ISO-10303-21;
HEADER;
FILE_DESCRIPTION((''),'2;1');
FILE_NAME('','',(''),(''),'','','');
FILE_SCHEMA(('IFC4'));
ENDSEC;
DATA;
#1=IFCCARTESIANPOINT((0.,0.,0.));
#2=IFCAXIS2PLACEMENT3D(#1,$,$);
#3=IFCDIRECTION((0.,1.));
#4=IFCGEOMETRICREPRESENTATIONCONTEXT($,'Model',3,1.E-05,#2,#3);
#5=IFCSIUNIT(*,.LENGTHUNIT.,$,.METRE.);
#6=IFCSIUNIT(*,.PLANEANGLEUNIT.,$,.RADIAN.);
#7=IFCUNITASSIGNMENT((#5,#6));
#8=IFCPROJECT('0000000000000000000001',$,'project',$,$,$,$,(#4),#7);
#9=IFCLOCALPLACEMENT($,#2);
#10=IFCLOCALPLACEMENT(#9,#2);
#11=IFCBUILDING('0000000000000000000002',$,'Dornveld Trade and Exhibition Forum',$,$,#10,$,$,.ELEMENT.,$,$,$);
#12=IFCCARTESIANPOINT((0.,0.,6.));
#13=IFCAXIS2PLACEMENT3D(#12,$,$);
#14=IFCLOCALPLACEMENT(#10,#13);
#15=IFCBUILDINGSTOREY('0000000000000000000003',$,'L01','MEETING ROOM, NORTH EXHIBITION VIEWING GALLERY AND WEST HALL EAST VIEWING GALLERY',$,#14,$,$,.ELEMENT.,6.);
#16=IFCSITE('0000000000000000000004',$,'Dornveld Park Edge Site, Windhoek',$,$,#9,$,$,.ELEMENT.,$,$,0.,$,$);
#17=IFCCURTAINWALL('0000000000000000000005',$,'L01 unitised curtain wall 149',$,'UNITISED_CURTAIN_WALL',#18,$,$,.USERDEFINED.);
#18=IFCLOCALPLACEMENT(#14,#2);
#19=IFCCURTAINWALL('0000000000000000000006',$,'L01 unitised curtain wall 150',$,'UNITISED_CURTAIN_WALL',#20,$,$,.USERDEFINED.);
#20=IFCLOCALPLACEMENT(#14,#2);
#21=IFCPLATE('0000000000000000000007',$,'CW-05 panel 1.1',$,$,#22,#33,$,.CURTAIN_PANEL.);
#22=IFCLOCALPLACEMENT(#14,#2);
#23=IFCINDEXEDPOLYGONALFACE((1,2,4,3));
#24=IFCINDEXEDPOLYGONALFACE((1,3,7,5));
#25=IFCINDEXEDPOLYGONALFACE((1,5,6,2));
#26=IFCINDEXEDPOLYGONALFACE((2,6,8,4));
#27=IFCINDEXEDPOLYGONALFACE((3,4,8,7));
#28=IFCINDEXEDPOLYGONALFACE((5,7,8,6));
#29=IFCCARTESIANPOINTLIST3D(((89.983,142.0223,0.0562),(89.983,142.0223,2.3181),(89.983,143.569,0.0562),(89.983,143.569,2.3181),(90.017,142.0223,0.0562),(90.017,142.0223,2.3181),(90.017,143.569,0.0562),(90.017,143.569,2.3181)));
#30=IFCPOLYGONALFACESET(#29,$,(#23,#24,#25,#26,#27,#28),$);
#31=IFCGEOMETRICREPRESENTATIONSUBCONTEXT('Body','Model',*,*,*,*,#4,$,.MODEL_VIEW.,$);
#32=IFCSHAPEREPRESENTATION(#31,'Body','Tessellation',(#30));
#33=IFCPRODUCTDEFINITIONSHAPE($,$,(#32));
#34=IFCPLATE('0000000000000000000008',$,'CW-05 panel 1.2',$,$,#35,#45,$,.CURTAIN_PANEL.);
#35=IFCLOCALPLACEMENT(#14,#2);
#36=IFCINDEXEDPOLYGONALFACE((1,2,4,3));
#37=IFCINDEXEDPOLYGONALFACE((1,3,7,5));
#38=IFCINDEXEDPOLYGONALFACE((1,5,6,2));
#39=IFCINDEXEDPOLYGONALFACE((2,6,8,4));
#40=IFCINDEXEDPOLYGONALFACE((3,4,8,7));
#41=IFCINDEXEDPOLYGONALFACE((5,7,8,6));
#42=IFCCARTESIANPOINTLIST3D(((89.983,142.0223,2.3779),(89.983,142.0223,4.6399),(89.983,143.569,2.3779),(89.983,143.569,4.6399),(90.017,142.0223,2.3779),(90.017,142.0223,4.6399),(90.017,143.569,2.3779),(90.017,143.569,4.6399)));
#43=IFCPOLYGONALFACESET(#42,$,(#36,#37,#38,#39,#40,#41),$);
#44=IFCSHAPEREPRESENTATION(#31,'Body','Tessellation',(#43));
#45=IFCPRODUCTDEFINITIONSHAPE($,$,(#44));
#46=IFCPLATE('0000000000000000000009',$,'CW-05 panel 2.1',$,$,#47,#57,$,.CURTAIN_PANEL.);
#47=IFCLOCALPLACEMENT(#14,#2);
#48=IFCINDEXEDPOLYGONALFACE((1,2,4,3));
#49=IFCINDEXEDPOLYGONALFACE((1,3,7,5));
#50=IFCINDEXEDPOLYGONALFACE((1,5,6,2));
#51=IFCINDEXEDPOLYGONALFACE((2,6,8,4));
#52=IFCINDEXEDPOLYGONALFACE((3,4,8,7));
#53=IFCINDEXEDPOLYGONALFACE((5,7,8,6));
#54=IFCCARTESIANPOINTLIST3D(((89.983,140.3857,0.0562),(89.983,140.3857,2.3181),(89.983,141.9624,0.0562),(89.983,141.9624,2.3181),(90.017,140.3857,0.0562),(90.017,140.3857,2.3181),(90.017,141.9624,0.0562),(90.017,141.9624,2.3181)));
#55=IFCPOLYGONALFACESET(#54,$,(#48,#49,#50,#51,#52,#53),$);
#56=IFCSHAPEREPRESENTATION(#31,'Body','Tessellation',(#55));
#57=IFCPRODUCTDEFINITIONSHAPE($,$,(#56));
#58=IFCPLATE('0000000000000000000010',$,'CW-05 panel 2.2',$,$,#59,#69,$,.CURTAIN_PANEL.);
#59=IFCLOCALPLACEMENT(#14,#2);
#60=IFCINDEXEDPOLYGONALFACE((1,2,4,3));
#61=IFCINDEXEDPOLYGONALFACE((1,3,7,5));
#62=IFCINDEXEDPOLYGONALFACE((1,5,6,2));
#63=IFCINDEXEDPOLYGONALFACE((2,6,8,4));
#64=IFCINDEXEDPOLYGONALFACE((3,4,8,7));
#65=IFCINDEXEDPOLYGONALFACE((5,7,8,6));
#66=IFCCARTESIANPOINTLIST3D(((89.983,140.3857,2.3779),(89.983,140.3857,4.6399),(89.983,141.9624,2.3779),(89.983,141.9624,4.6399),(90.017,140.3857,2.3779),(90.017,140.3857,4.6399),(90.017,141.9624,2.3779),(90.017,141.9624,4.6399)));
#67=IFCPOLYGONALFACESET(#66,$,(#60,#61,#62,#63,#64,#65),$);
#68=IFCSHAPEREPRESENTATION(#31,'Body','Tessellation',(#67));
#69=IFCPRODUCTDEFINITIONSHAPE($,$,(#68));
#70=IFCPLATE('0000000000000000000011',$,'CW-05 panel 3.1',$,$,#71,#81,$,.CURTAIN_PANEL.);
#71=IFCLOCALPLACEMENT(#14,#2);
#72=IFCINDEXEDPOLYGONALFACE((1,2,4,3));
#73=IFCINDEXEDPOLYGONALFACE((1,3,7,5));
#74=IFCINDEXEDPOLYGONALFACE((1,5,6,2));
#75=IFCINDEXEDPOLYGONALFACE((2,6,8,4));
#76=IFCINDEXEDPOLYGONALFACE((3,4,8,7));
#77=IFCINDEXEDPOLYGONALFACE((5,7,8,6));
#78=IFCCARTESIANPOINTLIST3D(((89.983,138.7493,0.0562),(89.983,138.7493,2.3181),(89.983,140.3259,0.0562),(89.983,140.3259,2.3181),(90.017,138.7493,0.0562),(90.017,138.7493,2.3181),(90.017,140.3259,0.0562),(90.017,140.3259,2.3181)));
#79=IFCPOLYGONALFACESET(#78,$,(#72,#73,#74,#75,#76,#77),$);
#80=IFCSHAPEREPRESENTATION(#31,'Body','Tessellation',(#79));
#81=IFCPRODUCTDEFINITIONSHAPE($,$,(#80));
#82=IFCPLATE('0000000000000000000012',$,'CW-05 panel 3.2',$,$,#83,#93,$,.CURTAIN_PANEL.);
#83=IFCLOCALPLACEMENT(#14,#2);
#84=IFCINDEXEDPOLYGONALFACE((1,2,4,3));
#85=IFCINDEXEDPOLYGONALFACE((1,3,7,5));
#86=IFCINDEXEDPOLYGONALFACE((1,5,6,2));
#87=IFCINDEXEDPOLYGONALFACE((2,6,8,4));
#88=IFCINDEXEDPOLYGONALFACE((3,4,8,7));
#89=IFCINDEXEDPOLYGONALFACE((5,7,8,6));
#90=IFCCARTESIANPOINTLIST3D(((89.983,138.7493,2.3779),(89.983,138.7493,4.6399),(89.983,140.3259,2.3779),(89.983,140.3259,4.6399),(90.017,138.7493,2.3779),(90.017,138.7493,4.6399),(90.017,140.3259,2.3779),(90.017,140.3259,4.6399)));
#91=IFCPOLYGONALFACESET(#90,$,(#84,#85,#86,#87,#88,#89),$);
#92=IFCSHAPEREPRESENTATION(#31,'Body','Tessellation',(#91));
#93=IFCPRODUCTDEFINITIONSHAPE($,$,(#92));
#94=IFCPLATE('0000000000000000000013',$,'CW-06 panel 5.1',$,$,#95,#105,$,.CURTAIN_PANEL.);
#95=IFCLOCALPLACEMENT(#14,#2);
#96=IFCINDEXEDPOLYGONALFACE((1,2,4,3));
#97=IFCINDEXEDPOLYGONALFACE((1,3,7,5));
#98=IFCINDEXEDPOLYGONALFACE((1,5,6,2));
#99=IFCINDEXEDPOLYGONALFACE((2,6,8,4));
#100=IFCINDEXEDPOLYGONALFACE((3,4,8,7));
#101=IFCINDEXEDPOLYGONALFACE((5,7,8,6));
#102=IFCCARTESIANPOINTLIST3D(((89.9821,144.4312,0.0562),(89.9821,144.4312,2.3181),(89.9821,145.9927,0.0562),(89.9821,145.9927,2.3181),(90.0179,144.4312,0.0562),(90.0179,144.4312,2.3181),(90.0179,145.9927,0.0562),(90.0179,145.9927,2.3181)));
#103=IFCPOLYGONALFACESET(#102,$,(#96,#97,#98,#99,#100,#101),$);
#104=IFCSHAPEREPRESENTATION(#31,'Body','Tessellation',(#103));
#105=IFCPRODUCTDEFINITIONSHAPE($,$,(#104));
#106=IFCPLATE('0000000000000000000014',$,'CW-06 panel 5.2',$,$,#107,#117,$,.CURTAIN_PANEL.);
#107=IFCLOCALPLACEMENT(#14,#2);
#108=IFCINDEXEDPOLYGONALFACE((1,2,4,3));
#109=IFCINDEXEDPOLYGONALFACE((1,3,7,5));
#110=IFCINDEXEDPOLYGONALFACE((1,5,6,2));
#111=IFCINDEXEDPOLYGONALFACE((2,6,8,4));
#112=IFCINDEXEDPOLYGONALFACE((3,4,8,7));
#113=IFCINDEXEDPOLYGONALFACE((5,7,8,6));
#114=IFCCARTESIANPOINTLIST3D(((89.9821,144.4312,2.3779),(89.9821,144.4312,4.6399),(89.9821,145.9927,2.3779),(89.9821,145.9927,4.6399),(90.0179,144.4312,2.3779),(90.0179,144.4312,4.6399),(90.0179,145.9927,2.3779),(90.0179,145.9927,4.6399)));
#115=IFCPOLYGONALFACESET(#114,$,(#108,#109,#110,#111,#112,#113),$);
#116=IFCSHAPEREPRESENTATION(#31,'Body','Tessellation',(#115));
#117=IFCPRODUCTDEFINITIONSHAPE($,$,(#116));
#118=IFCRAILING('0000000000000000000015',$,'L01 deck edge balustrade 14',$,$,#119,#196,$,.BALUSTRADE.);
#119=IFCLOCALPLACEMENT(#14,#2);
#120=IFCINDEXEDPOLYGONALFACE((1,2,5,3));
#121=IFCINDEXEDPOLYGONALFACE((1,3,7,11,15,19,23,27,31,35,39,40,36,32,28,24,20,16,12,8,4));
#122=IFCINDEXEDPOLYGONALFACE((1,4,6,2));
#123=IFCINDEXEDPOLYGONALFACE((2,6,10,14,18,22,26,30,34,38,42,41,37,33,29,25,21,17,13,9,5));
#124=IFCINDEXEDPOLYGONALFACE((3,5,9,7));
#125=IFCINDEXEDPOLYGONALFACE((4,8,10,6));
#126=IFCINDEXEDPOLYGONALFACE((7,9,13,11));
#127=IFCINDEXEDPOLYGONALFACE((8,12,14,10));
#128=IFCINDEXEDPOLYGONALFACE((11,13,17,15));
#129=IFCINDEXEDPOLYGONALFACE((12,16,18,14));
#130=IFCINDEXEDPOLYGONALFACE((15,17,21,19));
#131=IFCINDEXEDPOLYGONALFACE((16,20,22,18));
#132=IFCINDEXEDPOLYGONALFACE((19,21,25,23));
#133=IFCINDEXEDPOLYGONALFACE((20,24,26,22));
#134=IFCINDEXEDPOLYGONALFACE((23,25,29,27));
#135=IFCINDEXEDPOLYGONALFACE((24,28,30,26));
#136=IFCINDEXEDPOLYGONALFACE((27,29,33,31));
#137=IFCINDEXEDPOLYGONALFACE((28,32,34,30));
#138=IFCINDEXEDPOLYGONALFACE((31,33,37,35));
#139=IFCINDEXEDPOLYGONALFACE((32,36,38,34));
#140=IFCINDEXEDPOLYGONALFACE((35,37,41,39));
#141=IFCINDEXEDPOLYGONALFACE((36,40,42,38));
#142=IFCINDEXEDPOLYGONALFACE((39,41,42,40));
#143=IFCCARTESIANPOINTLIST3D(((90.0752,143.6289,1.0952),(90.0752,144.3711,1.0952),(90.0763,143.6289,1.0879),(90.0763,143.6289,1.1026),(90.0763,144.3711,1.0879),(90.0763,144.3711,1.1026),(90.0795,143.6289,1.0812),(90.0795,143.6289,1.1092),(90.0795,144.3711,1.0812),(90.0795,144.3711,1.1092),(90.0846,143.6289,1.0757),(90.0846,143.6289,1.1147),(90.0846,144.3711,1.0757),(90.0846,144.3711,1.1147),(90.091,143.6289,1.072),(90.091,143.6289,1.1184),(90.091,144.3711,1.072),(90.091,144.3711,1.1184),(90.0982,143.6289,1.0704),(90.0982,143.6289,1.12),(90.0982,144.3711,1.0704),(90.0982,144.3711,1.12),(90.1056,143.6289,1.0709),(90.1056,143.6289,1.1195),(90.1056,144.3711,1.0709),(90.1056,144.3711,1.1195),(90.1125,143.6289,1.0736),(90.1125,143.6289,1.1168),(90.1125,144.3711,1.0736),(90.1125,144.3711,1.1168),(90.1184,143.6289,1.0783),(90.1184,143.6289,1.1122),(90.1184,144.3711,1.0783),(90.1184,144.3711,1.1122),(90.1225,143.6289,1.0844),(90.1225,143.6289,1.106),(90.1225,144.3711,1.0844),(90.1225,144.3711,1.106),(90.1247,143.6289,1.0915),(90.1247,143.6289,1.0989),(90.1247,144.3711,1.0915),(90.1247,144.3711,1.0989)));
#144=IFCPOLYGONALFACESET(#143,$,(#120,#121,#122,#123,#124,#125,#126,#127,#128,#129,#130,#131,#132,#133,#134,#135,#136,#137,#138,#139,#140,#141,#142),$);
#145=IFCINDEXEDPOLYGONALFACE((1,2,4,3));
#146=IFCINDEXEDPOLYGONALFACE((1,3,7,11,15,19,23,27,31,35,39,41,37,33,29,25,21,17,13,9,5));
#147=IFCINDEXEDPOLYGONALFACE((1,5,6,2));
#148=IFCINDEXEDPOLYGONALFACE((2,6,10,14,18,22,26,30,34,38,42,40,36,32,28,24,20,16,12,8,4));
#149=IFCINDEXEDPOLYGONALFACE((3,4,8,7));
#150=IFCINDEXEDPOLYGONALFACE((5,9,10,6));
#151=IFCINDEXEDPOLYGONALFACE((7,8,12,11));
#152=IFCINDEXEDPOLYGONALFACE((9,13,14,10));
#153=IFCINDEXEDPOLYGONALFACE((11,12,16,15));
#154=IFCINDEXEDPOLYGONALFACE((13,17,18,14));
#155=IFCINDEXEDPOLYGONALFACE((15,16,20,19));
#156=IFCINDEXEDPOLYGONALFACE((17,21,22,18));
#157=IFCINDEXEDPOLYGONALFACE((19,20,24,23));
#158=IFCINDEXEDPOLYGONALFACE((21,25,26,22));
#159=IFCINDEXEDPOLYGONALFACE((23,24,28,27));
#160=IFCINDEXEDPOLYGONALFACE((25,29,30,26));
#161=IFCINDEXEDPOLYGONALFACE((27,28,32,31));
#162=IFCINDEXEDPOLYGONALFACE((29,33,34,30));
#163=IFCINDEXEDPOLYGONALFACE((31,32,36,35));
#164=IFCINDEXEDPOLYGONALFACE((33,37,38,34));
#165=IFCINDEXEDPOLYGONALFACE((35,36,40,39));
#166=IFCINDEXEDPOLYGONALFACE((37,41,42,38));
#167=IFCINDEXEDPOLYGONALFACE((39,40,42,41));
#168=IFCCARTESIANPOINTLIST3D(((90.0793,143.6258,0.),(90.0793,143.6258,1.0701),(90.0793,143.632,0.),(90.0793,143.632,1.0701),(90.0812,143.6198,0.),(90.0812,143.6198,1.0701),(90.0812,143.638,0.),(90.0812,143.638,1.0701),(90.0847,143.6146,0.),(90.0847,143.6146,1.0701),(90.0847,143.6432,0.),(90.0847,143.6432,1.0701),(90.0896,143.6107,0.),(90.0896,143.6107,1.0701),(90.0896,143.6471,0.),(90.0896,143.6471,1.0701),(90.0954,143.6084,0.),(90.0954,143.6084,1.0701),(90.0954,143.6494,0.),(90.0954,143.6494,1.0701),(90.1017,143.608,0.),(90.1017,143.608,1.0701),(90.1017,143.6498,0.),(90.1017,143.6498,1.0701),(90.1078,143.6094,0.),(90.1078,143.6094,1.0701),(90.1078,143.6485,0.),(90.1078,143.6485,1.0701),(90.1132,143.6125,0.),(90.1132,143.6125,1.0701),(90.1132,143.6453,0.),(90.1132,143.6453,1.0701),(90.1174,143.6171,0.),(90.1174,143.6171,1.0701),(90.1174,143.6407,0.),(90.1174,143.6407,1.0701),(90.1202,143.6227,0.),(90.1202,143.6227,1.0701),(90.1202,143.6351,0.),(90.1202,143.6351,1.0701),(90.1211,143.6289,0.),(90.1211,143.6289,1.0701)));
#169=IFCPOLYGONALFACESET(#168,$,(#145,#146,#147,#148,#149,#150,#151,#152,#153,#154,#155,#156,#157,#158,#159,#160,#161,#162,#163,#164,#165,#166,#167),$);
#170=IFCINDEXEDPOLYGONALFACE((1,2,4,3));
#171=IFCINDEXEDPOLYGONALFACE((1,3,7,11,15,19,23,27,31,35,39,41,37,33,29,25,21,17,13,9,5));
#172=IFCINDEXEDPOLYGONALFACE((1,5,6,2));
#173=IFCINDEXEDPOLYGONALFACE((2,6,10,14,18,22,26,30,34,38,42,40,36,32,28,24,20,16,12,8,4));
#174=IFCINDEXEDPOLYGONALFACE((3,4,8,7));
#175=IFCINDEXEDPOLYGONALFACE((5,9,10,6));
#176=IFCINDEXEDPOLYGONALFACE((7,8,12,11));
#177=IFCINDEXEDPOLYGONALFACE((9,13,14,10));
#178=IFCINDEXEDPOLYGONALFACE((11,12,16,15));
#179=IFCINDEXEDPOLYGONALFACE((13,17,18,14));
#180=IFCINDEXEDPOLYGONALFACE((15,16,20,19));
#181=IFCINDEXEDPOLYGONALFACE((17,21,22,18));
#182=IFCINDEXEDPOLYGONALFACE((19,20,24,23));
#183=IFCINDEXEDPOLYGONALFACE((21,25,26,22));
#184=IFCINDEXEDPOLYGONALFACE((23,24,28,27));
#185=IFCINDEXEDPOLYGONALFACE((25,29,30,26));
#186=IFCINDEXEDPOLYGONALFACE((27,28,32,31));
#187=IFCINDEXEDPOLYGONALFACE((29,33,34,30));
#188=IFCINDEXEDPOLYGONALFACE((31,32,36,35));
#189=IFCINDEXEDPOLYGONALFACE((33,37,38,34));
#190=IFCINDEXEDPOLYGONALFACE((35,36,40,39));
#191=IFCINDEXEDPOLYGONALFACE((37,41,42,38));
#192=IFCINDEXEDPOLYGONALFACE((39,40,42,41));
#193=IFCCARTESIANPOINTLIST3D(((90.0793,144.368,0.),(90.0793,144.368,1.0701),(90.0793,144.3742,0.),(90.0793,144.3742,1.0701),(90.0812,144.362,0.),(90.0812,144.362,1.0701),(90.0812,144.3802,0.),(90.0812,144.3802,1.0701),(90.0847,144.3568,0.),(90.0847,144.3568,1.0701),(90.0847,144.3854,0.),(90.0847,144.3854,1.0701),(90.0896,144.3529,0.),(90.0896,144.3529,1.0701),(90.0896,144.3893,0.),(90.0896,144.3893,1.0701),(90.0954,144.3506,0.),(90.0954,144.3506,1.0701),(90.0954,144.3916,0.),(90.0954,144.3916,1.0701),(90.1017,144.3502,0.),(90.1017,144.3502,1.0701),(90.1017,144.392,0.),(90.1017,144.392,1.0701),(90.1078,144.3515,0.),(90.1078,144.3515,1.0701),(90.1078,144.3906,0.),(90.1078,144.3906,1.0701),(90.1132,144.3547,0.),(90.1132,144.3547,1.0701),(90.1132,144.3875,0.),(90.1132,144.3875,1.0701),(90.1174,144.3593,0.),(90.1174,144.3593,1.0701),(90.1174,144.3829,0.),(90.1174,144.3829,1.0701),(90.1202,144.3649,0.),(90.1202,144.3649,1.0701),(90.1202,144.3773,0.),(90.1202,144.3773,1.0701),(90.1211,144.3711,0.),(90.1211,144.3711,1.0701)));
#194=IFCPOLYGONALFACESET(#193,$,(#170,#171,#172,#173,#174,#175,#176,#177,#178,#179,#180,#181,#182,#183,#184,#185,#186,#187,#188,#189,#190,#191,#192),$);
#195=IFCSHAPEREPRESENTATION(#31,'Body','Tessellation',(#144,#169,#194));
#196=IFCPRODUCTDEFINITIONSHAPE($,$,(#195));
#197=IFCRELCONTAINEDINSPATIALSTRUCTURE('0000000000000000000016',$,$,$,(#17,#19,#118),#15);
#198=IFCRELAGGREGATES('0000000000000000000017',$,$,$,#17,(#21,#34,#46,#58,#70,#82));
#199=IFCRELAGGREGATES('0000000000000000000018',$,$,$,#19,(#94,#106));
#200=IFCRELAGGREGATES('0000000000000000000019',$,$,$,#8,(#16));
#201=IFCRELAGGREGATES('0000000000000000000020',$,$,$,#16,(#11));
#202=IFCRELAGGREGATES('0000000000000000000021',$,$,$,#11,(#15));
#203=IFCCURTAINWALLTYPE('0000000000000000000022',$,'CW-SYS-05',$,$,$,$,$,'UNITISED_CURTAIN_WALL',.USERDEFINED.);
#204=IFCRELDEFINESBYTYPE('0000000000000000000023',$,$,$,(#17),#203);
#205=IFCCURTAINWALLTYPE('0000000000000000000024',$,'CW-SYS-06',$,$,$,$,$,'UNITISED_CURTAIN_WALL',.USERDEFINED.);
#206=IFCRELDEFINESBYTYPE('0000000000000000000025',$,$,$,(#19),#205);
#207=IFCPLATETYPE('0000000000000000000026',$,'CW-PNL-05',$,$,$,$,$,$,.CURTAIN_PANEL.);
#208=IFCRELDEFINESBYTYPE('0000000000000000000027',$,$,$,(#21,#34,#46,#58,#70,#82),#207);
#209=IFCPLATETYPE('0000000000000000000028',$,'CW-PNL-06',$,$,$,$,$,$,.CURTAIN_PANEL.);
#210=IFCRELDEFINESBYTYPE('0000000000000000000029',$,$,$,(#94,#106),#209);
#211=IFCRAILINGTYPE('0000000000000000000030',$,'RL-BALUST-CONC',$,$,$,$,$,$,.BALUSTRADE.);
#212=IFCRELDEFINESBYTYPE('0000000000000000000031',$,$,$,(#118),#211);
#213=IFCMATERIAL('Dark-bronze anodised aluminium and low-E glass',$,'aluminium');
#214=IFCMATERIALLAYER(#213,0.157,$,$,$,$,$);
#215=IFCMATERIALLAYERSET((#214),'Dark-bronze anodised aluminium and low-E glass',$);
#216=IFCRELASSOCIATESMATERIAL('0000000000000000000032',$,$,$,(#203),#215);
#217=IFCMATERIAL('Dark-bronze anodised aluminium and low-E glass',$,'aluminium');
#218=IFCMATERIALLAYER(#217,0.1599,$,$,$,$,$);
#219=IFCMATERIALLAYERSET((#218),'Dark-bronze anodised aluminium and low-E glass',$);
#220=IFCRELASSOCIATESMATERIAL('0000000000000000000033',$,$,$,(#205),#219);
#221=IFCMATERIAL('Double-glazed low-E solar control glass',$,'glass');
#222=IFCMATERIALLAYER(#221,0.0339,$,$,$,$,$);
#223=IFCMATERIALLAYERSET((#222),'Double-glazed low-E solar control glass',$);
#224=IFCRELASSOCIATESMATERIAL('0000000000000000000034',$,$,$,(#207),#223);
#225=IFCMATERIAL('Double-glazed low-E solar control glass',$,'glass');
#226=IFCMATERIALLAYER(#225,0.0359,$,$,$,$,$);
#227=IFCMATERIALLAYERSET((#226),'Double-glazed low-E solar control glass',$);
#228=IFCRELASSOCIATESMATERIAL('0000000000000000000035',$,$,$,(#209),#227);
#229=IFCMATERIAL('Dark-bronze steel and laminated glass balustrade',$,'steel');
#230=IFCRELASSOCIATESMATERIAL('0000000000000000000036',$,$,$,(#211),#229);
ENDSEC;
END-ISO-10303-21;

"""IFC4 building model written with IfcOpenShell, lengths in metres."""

from ifc_helpers import new_model, si_unit, direction, frame, origin, origin_2d, place, context, subcontext, project, spatial, rectangle, circle, extrude, material, layer, layer_set, type_object, element, aggregate, save


model = new_model("IFC4")

# Units and contexts
model_context = context("Model", 3, precision=1e-05, world=origin(), true_north=direction((0.0, 1.0)))
body_context = subcontext(model_context, "Body", "Model", "MODEL_VIEW")
ifc_project = project(units=[si_unit("LENGTHUNIT", "METRE"), si_unit("PLANEANGLEUNIT", "RADIAN")], contexts=[model_context])

# Site, building, storey
site_placement = place(None, origin())
site = spatial("IfcSite", under=ifc_project, at=site_placement, Name="Dornveld Park Edge Site, Windhoek", CompositionType="ELEMENT", RefElevation=0.0)
building_placement = place(site_placement, origin())
building = spatial("IfcBuilding", under=site, at=building_placement, Name="Dornveld Trade and Exhibition Forum", CompositionType="ELEMENT")
storey_placement = place(building_placement, frame((0.0, 0.0, 6.0)))
storey = spatial("IfcBuildingStorey", under=building, at=storey_placement, Name="L01", Description="MEETING ROOM, NORTH EXHIBITION VIEWING GALLERY AND WEST HALL EAST VIEWING GALLERY", CompositionType="ELEMENT", Elevation=6.0)

# Curtain walls
ifc_material_1 = material(Name="Dark-bronze anodised aluminium and low-E glass", Category="aluminium")
ifc_layer_1 = layer(ifc_material_1, 0.157)
ifc_layer_set_1 = layer_set([ifc_layer_1], Name="Dark-bronze anodised aluminium and low-E glass")
curtain_wall_type_1 = type_object("IfcCurtainWallType", Name="CW-SYS-05", ElementType="UNITISED_CURTAIN_WALL", PredefinedType="USERDEFINED", material=ifc_layer_set_1)
curtain_wall_1_placement = place(storey_placement, origin())
curtain_wall_1 = element("IfcCurtainWall", 1, at=curtain_wall_1_placement, inside=storey, type_object=curtain_wall_type_1, Name="L01 unitised curtain wall 149", ObjectType="UNITISED_CURTAIN_WALL", PredefinedType="USERDEFINED")
ifc_material_2 = material(Name="Dark-bronze anodised aluminium and low-E glass", Category="aluminium")
ifc_layer_2 = layer(ifc_material_2, 0.1599)
ifc_layer_set_2 = layer_set([ifc_layer_2], Name="Dark-bronze anodised aluminium and low-E glass")
curtain_wall_type_2 = type_object("IfcCurtainWallType", Name="CW-SYS-06", ElementType="UNITISED_CURTAIN_WALL", PredefinedType="USERDEFINED", material=ifc_layer_set_2)
curtain_wall_2_placement = place(storey_placement, origin())
curtain_wall_2 = element("IfcCurtainWall", 2, at=curtain_wall_2_placement, inside=storey, type_object=curtain_wall_type_2, Name="L01 unitised curtain wall 150", ObjectType="UNITISED_CURTAIN_WALL", PredefinedType="USERDEFINED")

# Plates
ifc_material_3 = material(Name="Double-glazed low-E solar control glass", Category="glass")
ifc_layer_3 = layer(ifc_material_3, 0.0339)
ifc_layer_set_3 = layer_set([ifc_layer_3], Name="Double-glazed low-E solar control glass")
plate_type_1 = type_object("IfcPlateType", Name="CW-PNL-05", PredefinedType="CURTAIN_PANEL", material=ifc_layer_set_3)
plate_1_placement = place(storey_placement, frame((90.0, 142.7957, 0.0562), z_axis=(0.0, 0.0, 1.0), x_axis=(0.0, -1.0, 0.0)))
plate_1 = element("IfcPlate", 3, at=plate_1_placement, type_object=plate_type_1, Name="CW-05 panel 1.1", PredefinedType="CURTAIN_PANEL", context=body_context, shape_type="SweptSolid", body=[
    extrude(rectangle(XDim=1.5466, YDim=0.0339, at=origin_2d()), origin(), (0.0, 0.0, 1.0), 2.262),
])
plate_2_placement = place(storey_placement, frame((90.0, 142.7957, 2.3779), z_axis=(0.0, 0.0, 1.0), x_axis=(0.0, -1.0, 0.0)))
plate_2 = element("IfcPlate", 4, at=plate_2_placement, type_object=plate_type_1, Name="CW-05 panel 1.2", PredefinedType="CURTAIN_PANEL", context=body_context, shape_type="SweptSolid", body=[
    extrude(rectangle(XDim=1.5466, YDim=0.0339, at=origin_2d()), origin(), (0.0, 0.0, 1.0), 2.262),
])
plate_3_placement = place(storey_placement, frame((90.0, 141.1741, 0.0562), z_axis=(0.0, 0.0, 1.0), x_axis=(0.0, -1.0, 0.0)))
plate_3 = element("IfcPlate", 5, at=plate_3_placement, type_object=plate_type_1, Name="CW-05 panel 2.1", PredefinedType="CURTAIN_PANEL", context=body_context, shape_type="SweptSolid", body=[
    extrude(rectangle(XDim=1.5767, YDim=0.0339, at=origin_2d()), origin(), (0.0, 0.0, 1.0), 2.262),
])
plate_4_placement = place(storey_placement, frame((90.0, 141.1741, 2.3779), z_axis=(0.0, 0.0, 1.0), x_axis=(0.0, -1.0, 0.0)))
plate_4 = element("IfcPlate", 6, at=plate_4_placement, type_object=plate_type_1, Name="CW-05 panel 2.2", PredefinedType="CURTAIN_PANEL", context=body_context, shape_type="SweptSolid", body=[
    extrude(rectangle(XDim=1.5767, YDim=0.0339, at=origin_2d()), origin(), (0.0, 0.0, 1.0), 2.262),
])
plate_5_placement = place(storey_placement, frame((90.0, 139.5376, 0.0562), z_axis=(0.0, 0.0, 1.0), x_axis=(0.0, -1.0, 0.0)))
plate_5 = element("IfcPlate", 7, at=plate_5_placement, type_object=plate_type_1, Name="CW-05 panel 3.1", PredefinedType="CURTAIN_PANEL", context=body_context, shape_type="SweptSolid", body=[
    extrude(rectangle(XDim=1.5767, YDim=0.0339, at=origin_2d()), origin(), (0.0, 0.0, 1.0), 2.262),
])
plate_6_placement = place(storey_placement, frame((90.0, 139.5376, 2.3779), z_axis=(0.0, 0.0, 1.0), x_axis=(0.0, -1.0, 0.0)))
plate_6 = element("IfcPlate", 8, at=plate_6_placement, type_object=plate_type_1, Name="CW-05 panel 3.2", PredefinedType="CURTAIN_PANEL", context=body_context, shape_type="SweptSolid", body=[
    extrude(rectangle(XDim=1.5767, YDim=0.0339, at=origin_2d()), origin(), (0.0, 0.0, 1.0), 2.262),
])
aggregate(curtain_wall_1, [plate_1, plate_2, plate_3, plate_4, plate_5, plate_6])
ifc_material_4 = material(Name="Double-glazed low-E solar control glass", Category="glass")
ifc_layer_4 = layer(ifc_material_4, 0.0359)
ifc_layer_set_4 = layer_set([ifc_layer_4], Name="Double-glazed low-E solar control glass")
plate_type_2 = type_object("IfcPlateType", Name="CW-PNL-06", PredefinedType="CURTAIN_PANEL", material=ifc_layer_set_4)
plate_7_placement = place(storey_placement, frame((90.0, 145.2119, 0.0562), z_axis=(0.0, 0.0, 1.0), x_axis=(0.0, -1.0, 0.0)))
plate_7 = element("IfcPlate", 9, at=plate_7_placement, type_object=plate_type_2, Name="CW-06 panel 5.1", PredefinedType="CURTAIN_PANEL", context=body_context, shape_type="SweptSolid", body=[
    extrude(rectangle(XDim=1.5615, YDim=0.0359, at=origin_2d()), origin(), (0.0, 0.0, 1.0), 2.262),
])
plate_8_placement = place(storey_placement, frame((90.0, 145.2119, 2.3779), z_axis=(0.0, 0.0, 1.0), x_axis=(0.0, -1.0, 0.0)))
plate_8 = element("IfcPlate", 10, at=plate_8_placement, type_object=plate_type_2, Name="CW-06 panel 5.2", PredefinedType="CURTAIN_PANEL", context=body_context, shape_type="SweptSolid", body=[
    extrude(rectangle(XDim=1.5615, YDim=0.0359, at=origin_2d()), origin(), (0.0, 0.0, 1.0), 2.262),
])
aggregate(curtain_wall_2, [plate_7, plate_8])

# Railing
ifc_material_5 = material(Name="Dark-bronze steel and laminated glass balustrade", Category="steel")
railing_type = type_object("IfcRailingType", Name="RL-BALUST-CONC", PredefinedType="BALUSTRADE", material=ifc_material_5)
railing_placement = place(storey_placement, frame((90.1001, 143.6289, 0.0)))
element("IfcRailing", 11, at=railing_placement, inside=storey, type_object=railing_type, Name="L01 deck edge balustrade 14", PredefinedType="BALUSTRADE", context=body_context, shape_type="SweptSolid", body=[
    extrude(circle(Radius=0.0249, at=origin_2d()), frame((0.0, 0.0, 1.0952), z_axis=(0.0, 1.0, 0.0), x_axis=(-1.0, 0.0, 0.0)), (0.0, 0.0, 1.0), 0.7422),
    extrude(circle(Radius=0.021, at=origin_2d()), origin(), (0.0, 0.0, 1.0), 1.0701),
    extrude(circle(Radius=0.021, at=origin_2d()), frame((0.0, 0.7422, 0.0)), (0.0, 0.0, 1.0), 1.0701),
])

save(model, "model.ifc")
